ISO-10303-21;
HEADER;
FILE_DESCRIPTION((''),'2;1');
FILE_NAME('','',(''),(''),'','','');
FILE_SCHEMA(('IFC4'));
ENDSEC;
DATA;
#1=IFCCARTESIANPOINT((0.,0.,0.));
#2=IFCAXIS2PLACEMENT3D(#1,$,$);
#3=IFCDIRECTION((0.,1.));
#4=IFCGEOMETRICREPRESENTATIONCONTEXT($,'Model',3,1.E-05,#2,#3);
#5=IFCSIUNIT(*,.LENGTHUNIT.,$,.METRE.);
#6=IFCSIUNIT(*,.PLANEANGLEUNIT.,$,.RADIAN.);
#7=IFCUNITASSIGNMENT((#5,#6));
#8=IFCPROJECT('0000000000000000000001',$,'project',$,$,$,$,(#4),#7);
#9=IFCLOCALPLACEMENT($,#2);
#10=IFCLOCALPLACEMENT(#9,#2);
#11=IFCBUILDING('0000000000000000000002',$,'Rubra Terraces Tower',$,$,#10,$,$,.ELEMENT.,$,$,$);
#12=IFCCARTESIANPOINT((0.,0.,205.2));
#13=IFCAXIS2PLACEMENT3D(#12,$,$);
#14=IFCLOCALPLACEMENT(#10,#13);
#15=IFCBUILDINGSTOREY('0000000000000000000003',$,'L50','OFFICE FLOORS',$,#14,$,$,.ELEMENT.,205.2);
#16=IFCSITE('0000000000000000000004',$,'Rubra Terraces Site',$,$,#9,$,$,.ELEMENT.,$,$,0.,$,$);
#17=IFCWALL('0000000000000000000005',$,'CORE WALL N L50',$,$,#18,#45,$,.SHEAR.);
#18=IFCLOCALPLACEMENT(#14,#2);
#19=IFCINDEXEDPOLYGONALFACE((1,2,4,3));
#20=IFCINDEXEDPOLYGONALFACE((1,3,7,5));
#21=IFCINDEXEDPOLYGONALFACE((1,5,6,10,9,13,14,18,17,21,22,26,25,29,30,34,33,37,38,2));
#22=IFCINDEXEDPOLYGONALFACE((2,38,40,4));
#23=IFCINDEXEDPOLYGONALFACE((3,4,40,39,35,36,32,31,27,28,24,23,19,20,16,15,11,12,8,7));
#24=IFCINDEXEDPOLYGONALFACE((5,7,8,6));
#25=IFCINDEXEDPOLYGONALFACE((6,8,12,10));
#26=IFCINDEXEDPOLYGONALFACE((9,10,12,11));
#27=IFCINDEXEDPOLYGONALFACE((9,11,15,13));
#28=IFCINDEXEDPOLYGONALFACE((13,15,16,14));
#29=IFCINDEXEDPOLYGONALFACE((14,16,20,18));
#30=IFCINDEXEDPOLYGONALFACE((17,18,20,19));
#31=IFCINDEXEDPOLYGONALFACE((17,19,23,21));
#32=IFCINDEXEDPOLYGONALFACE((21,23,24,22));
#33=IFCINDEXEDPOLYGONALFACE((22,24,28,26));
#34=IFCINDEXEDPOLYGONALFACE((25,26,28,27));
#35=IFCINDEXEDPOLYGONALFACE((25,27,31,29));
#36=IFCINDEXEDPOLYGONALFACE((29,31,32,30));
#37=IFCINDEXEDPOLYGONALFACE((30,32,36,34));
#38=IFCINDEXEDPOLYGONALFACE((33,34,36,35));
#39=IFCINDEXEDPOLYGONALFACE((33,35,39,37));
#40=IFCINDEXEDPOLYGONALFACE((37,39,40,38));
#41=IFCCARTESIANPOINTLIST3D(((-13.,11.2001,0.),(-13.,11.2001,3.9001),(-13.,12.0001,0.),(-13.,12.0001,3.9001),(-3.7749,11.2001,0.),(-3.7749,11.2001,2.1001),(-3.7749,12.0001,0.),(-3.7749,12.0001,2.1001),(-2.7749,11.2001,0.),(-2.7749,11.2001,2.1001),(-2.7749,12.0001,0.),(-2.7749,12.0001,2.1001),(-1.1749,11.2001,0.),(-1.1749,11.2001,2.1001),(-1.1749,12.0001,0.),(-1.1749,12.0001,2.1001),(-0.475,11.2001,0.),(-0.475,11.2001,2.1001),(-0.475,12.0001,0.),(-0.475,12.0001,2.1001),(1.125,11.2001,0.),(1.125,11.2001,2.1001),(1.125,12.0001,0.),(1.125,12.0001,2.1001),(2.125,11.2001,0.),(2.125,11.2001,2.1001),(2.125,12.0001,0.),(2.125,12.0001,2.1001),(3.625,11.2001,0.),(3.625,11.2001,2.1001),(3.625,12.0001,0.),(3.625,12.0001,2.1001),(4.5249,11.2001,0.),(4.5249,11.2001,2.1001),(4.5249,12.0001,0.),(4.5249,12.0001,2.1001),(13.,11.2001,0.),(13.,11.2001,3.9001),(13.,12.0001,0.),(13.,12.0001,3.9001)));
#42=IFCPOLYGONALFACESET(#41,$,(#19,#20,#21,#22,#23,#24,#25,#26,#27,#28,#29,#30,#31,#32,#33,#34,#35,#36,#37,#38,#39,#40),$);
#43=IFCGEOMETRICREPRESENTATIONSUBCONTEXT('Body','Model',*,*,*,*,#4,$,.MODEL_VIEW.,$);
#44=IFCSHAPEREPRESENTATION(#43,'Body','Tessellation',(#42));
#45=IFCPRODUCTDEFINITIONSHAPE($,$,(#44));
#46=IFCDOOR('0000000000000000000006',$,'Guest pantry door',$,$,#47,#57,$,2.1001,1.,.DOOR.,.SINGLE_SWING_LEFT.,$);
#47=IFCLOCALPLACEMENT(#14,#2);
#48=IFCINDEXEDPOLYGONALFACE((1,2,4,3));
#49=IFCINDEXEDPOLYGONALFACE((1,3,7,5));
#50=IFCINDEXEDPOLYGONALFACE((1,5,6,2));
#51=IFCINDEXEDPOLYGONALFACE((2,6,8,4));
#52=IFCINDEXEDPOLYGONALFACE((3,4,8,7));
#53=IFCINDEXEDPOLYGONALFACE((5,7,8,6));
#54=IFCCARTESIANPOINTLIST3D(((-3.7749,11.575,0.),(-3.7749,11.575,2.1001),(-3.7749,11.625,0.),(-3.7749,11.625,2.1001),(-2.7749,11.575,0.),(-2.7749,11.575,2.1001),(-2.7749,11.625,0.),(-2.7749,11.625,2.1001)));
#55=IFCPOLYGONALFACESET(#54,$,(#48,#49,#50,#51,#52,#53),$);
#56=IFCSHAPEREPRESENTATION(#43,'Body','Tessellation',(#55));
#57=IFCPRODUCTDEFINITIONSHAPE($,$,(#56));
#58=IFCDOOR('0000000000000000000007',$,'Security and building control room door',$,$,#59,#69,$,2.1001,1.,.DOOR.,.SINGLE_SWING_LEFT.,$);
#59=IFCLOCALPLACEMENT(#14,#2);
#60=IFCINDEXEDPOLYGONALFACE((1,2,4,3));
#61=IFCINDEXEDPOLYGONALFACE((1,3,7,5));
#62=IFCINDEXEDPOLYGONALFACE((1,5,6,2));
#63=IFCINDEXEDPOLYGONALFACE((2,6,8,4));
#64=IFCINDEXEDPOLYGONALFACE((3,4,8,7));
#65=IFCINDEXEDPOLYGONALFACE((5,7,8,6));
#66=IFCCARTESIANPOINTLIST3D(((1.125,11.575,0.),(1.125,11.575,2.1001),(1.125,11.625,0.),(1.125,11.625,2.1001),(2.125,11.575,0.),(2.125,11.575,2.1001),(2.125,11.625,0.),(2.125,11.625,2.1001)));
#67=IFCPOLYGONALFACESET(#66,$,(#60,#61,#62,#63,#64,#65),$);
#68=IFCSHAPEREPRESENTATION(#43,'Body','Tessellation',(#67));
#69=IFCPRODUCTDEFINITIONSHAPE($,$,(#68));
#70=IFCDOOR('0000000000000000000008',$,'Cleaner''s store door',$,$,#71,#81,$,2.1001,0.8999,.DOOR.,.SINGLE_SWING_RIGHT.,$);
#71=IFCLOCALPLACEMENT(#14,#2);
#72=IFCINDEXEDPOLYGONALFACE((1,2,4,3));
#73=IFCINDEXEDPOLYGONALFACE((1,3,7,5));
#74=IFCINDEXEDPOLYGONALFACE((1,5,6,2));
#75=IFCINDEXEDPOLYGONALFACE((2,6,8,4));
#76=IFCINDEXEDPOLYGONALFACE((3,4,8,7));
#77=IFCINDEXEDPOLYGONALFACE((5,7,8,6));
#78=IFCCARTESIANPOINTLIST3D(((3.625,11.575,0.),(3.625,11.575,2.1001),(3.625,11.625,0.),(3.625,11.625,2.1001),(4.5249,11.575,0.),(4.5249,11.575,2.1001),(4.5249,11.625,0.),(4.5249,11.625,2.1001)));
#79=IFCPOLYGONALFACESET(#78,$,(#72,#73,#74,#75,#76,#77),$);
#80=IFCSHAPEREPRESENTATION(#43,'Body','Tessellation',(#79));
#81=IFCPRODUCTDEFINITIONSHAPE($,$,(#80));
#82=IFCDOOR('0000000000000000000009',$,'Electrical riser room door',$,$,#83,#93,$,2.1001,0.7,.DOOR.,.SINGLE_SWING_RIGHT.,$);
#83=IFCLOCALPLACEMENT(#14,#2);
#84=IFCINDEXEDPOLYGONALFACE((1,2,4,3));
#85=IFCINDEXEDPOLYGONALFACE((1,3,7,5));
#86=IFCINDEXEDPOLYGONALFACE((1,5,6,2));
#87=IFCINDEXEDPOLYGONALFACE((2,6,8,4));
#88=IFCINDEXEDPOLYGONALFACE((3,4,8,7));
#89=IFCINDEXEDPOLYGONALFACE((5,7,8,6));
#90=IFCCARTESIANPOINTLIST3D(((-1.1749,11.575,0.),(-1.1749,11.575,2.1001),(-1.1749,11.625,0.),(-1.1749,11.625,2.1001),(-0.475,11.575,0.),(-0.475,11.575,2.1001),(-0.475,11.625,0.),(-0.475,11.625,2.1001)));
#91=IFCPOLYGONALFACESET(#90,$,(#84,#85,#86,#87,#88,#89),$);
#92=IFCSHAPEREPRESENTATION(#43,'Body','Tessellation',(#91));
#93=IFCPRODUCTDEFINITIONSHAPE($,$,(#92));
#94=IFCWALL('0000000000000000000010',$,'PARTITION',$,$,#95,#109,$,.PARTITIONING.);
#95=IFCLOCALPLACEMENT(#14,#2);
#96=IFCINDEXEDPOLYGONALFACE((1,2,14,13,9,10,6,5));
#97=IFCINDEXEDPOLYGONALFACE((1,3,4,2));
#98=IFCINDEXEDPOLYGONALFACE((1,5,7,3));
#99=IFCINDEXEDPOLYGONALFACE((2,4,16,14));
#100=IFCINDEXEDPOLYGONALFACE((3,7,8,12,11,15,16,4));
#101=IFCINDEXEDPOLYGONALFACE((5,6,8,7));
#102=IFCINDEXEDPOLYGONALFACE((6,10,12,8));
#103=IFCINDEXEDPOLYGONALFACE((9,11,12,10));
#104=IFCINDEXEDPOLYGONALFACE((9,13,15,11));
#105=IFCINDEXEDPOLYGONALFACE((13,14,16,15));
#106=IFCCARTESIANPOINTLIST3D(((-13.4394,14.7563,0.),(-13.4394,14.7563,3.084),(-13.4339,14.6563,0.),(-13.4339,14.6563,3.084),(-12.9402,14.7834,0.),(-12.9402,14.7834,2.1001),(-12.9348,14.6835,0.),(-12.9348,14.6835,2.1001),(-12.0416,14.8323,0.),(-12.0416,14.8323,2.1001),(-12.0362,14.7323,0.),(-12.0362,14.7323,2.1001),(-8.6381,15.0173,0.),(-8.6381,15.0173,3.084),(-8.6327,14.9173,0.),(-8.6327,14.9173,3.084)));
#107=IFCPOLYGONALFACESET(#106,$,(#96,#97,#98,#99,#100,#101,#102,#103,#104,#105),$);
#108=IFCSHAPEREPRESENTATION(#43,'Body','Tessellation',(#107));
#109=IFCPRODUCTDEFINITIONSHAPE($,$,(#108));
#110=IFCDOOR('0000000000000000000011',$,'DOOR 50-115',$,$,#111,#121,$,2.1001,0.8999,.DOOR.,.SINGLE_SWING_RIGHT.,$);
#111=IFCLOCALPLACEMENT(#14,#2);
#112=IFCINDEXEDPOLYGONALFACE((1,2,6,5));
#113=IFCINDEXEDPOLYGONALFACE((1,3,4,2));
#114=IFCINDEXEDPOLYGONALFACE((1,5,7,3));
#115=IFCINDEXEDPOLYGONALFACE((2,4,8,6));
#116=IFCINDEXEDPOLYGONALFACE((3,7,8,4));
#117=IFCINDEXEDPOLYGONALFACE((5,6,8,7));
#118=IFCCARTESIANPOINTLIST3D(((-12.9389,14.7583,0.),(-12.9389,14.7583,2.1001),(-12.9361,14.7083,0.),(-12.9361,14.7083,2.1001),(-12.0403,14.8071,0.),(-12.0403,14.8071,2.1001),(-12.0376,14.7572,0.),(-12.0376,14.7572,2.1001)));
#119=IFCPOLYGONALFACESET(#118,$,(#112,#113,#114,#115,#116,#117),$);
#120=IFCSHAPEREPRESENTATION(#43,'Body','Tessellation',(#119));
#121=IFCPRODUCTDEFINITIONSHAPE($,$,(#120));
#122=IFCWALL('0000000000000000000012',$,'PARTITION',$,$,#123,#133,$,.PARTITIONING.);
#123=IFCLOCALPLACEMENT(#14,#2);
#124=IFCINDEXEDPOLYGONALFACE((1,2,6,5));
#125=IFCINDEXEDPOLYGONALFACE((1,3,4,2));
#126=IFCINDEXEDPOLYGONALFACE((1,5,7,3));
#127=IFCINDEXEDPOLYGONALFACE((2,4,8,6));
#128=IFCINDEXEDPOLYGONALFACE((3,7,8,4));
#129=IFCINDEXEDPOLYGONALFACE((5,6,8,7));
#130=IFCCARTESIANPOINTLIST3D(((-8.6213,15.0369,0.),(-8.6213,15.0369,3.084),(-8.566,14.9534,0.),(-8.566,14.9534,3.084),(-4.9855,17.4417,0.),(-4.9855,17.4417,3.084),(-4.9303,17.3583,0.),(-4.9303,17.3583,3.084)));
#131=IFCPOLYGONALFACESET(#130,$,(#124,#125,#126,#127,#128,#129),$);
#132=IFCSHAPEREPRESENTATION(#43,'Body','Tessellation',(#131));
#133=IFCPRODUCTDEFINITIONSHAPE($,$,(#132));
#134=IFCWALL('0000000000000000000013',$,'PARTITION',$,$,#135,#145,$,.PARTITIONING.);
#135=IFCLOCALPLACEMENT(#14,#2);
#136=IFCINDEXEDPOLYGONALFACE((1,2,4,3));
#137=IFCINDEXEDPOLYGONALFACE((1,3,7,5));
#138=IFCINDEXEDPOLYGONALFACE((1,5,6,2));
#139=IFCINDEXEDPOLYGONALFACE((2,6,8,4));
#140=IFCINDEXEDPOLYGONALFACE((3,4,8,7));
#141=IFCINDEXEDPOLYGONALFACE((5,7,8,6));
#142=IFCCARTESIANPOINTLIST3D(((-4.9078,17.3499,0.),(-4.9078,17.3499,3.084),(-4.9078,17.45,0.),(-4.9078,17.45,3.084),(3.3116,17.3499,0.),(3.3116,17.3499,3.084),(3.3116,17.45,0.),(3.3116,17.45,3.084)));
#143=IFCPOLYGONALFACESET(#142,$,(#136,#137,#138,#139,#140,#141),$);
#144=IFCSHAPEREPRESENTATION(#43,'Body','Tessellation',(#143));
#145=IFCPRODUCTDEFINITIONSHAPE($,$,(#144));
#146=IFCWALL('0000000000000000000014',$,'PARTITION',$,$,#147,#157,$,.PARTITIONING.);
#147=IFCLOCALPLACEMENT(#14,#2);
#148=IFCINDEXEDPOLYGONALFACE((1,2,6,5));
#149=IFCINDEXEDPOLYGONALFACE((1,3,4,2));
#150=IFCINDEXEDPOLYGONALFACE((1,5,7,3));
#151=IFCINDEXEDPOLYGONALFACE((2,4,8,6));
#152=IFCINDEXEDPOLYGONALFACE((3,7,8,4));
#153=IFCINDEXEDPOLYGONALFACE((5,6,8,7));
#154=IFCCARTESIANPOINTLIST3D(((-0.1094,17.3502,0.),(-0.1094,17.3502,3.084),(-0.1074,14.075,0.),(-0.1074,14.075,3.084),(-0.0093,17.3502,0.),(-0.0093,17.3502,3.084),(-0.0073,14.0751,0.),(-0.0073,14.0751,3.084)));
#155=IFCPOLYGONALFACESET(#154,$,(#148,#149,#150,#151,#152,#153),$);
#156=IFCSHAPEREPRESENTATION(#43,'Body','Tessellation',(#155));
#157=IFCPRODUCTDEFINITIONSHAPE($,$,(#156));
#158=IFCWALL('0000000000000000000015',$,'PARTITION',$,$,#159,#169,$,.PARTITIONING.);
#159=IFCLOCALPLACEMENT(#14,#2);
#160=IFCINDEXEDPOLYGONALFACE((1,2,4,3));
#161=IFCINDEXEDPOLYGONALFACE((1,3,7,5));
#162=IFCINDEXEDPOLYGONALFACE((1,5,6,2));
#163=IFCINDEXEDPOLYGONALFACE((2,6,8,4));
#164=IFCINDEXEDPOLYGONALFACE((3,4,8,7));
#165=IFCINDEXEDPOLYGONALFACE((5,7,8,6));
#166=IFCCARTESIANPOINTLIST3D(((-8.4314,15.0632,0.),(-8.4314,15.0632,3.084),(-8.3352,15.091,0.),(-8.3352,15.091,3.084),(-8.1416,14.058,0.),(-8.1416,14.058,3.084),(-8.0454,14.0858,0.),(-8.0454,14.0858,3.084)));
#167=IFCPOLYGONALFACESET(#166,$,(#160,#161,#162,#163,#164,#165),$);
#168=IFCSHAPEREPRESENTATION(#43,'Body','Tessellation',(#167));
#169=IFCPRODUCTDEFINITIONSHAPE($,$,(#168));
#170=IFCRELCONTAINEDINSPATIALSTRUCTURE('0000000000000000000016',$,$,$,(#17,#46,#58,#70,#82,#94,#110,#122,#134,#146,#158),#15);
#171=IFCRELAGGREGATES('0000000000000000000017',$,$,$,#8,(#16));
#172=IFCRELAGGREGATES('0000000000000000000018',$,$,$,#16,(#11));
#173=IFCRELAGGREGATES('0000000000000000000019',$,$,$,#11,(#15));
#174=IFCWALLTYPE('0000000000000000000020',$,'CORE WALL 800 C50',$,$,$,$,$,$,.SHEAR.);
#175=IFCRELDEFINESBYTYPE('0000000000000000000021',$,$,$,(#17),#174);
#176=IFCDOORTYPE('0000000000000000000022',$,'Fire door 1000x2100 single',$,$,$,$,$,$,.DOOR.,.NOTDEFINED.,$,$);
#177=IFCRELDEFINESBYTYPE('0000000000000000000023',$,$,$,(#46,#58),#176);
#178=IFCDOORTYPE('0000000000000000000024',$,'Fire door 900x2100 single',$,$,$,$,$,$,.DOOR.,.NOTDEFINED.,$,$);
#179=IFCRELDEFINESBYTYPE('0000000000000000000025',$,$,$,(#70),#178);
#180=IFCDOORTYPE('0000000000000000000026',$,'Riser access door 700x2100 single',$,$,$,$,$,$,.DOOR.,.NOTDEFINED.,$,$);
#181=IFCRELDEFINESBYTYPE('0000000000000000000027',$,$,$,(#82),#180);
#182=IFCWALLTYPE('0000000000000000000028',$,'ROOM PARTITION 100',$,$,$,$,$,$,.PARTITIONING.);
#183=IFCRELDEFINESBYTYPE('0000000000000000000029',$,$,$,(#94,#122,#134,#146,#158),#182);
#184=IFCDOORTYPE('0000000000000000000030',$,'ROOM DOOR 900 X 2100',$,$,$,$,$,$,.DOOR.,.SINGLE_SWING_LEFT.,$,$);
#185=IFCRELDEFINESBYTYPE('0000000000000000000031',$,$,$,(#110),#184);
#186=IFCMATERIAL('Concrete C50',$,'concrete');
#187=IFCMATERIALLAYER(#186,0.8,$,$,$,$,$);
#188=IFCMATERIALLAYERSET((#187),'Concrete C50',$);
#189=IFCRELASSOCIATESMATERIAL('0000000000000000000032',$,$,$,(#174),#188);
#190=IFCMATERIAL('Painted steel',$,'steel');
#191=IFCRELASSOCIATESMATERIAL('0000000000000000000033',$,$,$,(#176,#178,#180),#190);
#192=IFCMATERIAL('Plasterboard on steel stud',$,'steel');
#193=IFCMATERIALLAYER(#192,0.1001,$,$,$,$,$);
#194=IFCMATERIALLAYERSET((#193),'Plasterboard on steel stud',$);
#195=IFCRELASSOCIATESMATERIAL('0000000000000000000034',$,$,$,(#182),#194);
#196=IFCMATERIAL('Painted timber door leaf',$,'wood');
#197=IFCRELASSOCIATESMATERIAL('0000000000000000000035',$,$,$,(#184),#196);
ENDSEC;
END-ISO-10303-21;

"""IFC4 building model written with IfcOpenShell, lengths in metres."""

from ifc_helpers import new_model, si_unit, direction, frame, frame_2d, origin, place, context, subcontext, project, spatial, rectangle, extrude, material, layer, layer_set, type_object, element, fill, save


model = new_model("IFC4")

# Units and contexts
model_context = context("Model", 3, precision=1e-05, world=origin(), true_north=direction((0.0, 1.0)))
body_context = subcontext(model_context, "Body", "Model", "MODEL_VIEW")
ifc_project = project(units=[si_unit("LENGTHUNIT", "METRE"), si_unit("PLANEANGLEUNIT", "RADIAN")], contexts=[model_context])

# Site, building, storey
site_placement = place(None, origin())
site = spatial("IfcSite", under=ifc_project, at=site_placement, Name="Rubra Terraces Site", CompositionType="ELEMENT", RefElevation=0.0)
building_placement = place(site_placement, origin())
building = spatial("IfcBuilding", under=site, at=building_placement, Name="Rubra Terraces Tower", CompositionType="ELEMENT")
storey_placement = place(building_placement, frame((0.0, 0.0, 205.2)))
storey = spatial("IfcBuildingStorey", under=building, at=storey_placement, Name="L50", Description="OFFICE FLOORS", CompositionType="ELEMENT", Elevation=205.2)

# Shared definitions
ifc_material_1 = material(Name="Concrete C50", Category="concrete")

# Wall, openings, doors
ifc_layer_1 = layer(ifc_material_1, 0.8)
ifc_layer_set_1 = layer_set([ifc_layer_1], Name="Concrete C50")
wall_type_1 = type_object("IfcWallType", Name="CORE WALL 800 C50", PredefinedType="SHEAR", material=ifc_layer_set_1)
wall_1_placement = place(storey_placement, frame((-13.0, 11.6001, 0.0), z_axis=(0.0, 0.0, 1.0), x_axis=(1.0, 0.0, 0.0)))
wall_1 = element("IfcWall", 1, at=wall_1_placement, inside=storey, type_object=wall_type_1, Name="CORE WALL N L50", PredefinedType="SHEAR", context=body_context, shape_type="SweptSolid", body=[
    extrude(rectangle(XDim=26.0, YDim=0.8, at=frame_2d((13.0, 0.0))), origin(), (0.0, 0.0, 1.0), 3.9001),
])
opening_1_placement = place(wall_1_placement, frame((9.2251, 0.0, 0.0)))
opening_1 = element("IfcOpeningElement", 2, at=opening_1_placement, cuts=wall_1, PredefinedType="OPENING", context=body_context, shape_type="SweptSolid", body=[
    extrude(rectangle(XDim=1.0, YDim=2.1001, at=frame_2d((0.5, 1.05))), frame((0.0, 0.4099, 0.0), z_axis=(0.0, -1.0, 0.0), x_axis=(1.0, 0.0, 0.0)), (0.0, 0.0, 1.0), 0.8201),
])
opening_2_placement = place(wall_1_placement, frame((11.825, 0.0, 0.0)))
opening_2 = element("IfcOpeningElement", 3, at=opening_2_placement, cuts=wall_1, PredefinedType="OPENING", context=body_context, shape_type="SweptSolid", body=[
    extrude(rectangle(XDim=0.7, YDim=2.1001, at=frame_2d((0.3501, 1.05))), frame((0.0, 0.4099, 0.0), z_axis=(0.0, -1.0, 0.0), x_axis=(1.0, 0.0, 0.0)), (0.0, 0.0, 1.0), 0.8201),
])
opening_3_placement = place(wall_1_placement, frame((14.125, 0.0, 0.0)))
opening_3 = element("IfcOpeningElement", 4, at=opening_3_placement, cuts=wall_1, PredefinedType="OPENING", context=body_context, shape_type="SweptSolid", body=[
    extrude(rectangle(XDim=1.0, YDim=2.1001, at=frame_2d((0.5, 1.05))), frame((0.0, 0.4099, 0.0), z_axis=(0.0, -1.0, 0.0), x_axis=(1.0, 0.0, 0.0)), (0.0, 0.0, 1.0), 0.8201),
])
opening_4_placement = place(wall_1_placement, frame((16.625, 0.0, 0.0)))
opening_4 = element("IfcOpeningElement", 5, at=opening_4_placement, cuts=wall_1, PredefinedType="OPENING", context=body_context, shape_type="SweptSolid", body=[
    extrude(rectangle(XDim=0.8999, YDim=2.1001, at=frame_2d((0.45, 1.05))), frame((0.0, 0.4099, 0.0), z_axis=(0.0, -1.0, 0.0), x_axis=(1.0, 0.0, 0.0)), (0.0, 0.0, 1.0), 0.8201),
])
ifc_material_2 = material(Name="Painted steel", Category="steel")
door_type_1 = type_object("IfcDoorType", Name="Fire door 1000x2100 single", OperationType="NOTDEFINED", PredefinedType="DOOR", material=ifc_material_2)
door_1_placement = place(opening_1_placement, origin())
door_1 = element("IfcDoor", 6, at=door_1_placement, inside=storey, type_object=door_type_1, Name="Guest pantry door", OperationType="SINGLE_SWING_LEFT", OverallHeight=2.1001, OverallWidth=1.0, PredefinedType="DOOR", context=body_context, shape_type="SweptSolid", body=[
    extrude(rectangle(XDim=1.0, YDim=2.1001, at=frame_2d((0.5, 1.05))), frame((0.0, 0.0249, 0.0), z_axis=(0.0, -1.0, 0.0), x_axis=(1.0, 0.0, 0.0)), (0.0, 0.0, 1.0), 0.05),
])
fill(opening_1, door_1)
door_2_placement = place(opening_3_placement, origin())
door_2 = element("IfcDoor", 7, at=door_2_placement, inside=storey, type_object=door_type_1, Name="Security and building control room door", OperationType="SINGLE_SWING_LEFT", OverallHeight=2.1001, OverallWidth=1.0, PredefinedType="DOOR", context=body_context, shape_type="SweptSolid", body=[
    extrude(rectangle(XDim=1.0, YDim=2.1001, at=frame_2d((0.5, 1.05))), frame((0.0, 0.0249, 0.0), z_axis=(0.0, -1.0, 0.0), x_axis=(1.0, 0.0, 0.0)), (0.0, 0.0, 1.0), 0.05),
])
fill(opening_3, door_2)
door_type_2 = type_object("IfcDoorType", Name="Fire door 900x2100 single", OperationType="NOTDEFINED", PredefinedType="DOOR", material=ifc_material_2)
door_3_placement = place(opening_4_placement, origin())
door_3 = element("IfcDoor", 8, at=door_3_placement, inside=storey, type_object=door_type_2, Name="Cleaner's store door", OperationType="SINGLE_SWING_RIGHT", OverallHeight=2.1001, OverallWidth=0.8999, PredefinedType="DOOR", context=body_context, shape_type="SweptSolid", body=[
    extrude(rectangle(XDim=0.8999, YDim=2.1001, at=frame_2d((0.45, 1.05))), frame((0.0, 0.0249, 0.0), z_axis=(0.0, -1.0, 0.0), x_axis=(1.0, 0.0, 0.0)), (0.0, 0.0, 1.0), 0.05),
])
fill(opening_4, door_3)
door_type_3 = type_object("IfcDoorType", Name="Riser access door 700x2100 single", OperationType="NOTDEFINED", PredefinedType="DOOR", material=ifc_material_2)
door_4_placement = place(opening_2_placement, origin())
door_4 = element("IfcDoor", 9, at=door_4_placement, inside=storey, type_object=door_type_3, Name="Electrical riser room door", OperationType="SINGLE_SWING_RIGHT", OverallHeight=2.1001, OverallWidth=0.7, PredefinedType="DOOR", context=body_context, shape_type="SweptSolid", body=[
    extrude(rectangle(XDim=0.7, YDim=2.1001, at=frame_2d((0.3501, 1.05))), frame((0.0, 0.0249, 0.0), z_axis=(0.0, -1.0, 0.0), x_axis=(1.0, 0.0, 0.0)), (0.0, 0.0, 1.0), 0.05),
])
fill(opening_2, door_4)

# Wall, opening, door
ifc_material_3 = material(Name="Plasterboard on steel stud", Category="steel")
ifc_layer_2 = layer(ifc_material_3, 0.1001)
ifc_layer_set_2 = layer_set([ifc_layer_2], Name="Plasterboard on steel stud")
wall_type_2 = type_object("IfcWallType", Name="ROOM PARTITION 100", PredefinedType="PARTITIONING", material=ifc_layer_set_2)
wall_2_placement = place(storey_placement, frame((-13.4368, 14.7063, 0.0), z_axis=(0.0, 0.0, 1.0), x_axis=(0.998526, 0.054278, 0.0)))
wall_2 = element("IfcWall", 10, at=wall_2_placement, inside=storey, type_object=wall_type_2, Name="PARTITION", PredefinedType="PARTITIONING", context=body_context, shape_type="SweptSolid", body=[
    extrude(rectangle(XDim=4.8083, YDim=0.1001, at=frame_2d((2.4043, 0.0))), origin(), (0.0, 0.0, 1.0), 3.084),
])
opening_5_placement = place(wall_2_placement, frame((0.5, 0.0, 0.0)))
opening_5 = element("IfcOpeningElement", 11, at=opening_5_placement, cuts=wall_2, PredefinedType="OPENING", context=body_context, shape_type="SweptSolid", body=[
    extrude(rectangle(XDim=0.8999, YDim=2.1001, at=frame_2d((0.45, 1.05))), frame((0.0, 0.0601, 0.0), z_axis=(0.0, -1.0, 0.0), x_axis=(1.0, 0.0, 0.0)), (0.0, 0.0, 1.0), 0.1201),
])
ifc_material_4 = material(Name="Painted timber door leaf", Category="wood")
door_type_4 = type_object("IfcDoorType", Name="ROOM DOOR 900 X 2100", OperationType="SINGLE_SWING_LEFT", PredefinedType="DOOR", material=ifc_material_4)
door_5_placement = place(opening_5_placement, origin())
door_5 = element("IfcDoor", 12, at=door_5_placement, inside=storey, type_object=door_type_4, Name="DOOR 50-115", OperationType="SINGLE_SWING_RIGHT", OverallHeight=2.1001, OverallWidth=0.8999, PredefinedType="DOOR", context=body_context, shape_type="SweptSolid", body=[
    extrude(rectangle(XDim=0.8999, YDim=2.1001, at=frame_2d((0.45, 1.05))), frame((0.0, 0.0249, 0.0), z_axis=(0.0, -1.0, 0.0), x_axis=(1.0, 0.0, 0.0)), (0.0, 0.0, 1.0), 0.05),
])
fill(opening_5, door_5)

# Walls
wall_3_placement = place(storey_placement, frame((-8.5938, 14.9951, 0.0), z_axis=(0.0, 0.0, 1.0), x_axis=(0.834061, 0.551672, 0.0)))
element("IfcWall", 13, at=wall_3_placement, inside=storey, type_object=wall_type_2, Name="PARTITION", PredefinedType="PARTITIONING", context=body_context, shape_type="SweptSolid", body=[
    extrude(rectangle(XDim=4.3591, YDim=0.1001, at=frame_2d((2.1797, 0.0))), origin(), (0.0, 0.0, 1.0), 3.084),
])
wall_4_placement = place(storey_placement, frame((-4.908, 17.3999, 0.0), z_axis=(0.0, 0.0, 1.0), x_axis=(1.0, 0.0, 0.0)))
element("IfcWall", 14, at=wall_4_placement, inside=storey, type_object=wall_type_2, Name="PARTITION", PredefinedType="PARTITIONING", context=body_context, shape_type="SweptSolid", body=[
    extrude(rectangle(XDim=8.2195, YDim=0.1001, at=frame_2d((4.1099, 0.0))), origin(), (0.0, 0.0, 1.0), 3.084),
])
wall_5_placement = place(storey_placement, frame((-0.0574, 14.075, 0.0), z_axis=(0.0, 0.0, 1.0), x_axis=(-0.000596, 1.0, 0.0)))
element("IfcWall", 15, at=wall_5_placement, inside=storey, type_object=wall_type_2, Name="PARTITION", PredefinedType="PARTITIONING", context=body_context, shape_type="SweptSolid", body=[
    extrude(rectangle(XDim=3.2751, YDim=0.1001, at=frame_2d((1.6377, 0.0))), origin(), (0.0, 0.0, 1.0), 3.084),
])
wall_6_placement = place(storey_placement, frame((-8.0935, 14.072, 0.0), z_axis=(0.0, 0.0, 1.0), x_axis=(-0.277032, 0.960861, 0.0)))
element("IfcWall", 16, at=wall_6_placement, inside=storey, type_object=wall_type_2, Name="PARTITION", PredefinedType="PARTITIONING", context=body_context, shape_type="SweptSolid", body=[
    extrude(rectangle(XDim=1.0461, YDim=0.1001, at=frame_2d((0.5229, 0.0))), origin(), (0.0, 0.0, 1.0), 3.084),
])

save(model, "model.ifc")
